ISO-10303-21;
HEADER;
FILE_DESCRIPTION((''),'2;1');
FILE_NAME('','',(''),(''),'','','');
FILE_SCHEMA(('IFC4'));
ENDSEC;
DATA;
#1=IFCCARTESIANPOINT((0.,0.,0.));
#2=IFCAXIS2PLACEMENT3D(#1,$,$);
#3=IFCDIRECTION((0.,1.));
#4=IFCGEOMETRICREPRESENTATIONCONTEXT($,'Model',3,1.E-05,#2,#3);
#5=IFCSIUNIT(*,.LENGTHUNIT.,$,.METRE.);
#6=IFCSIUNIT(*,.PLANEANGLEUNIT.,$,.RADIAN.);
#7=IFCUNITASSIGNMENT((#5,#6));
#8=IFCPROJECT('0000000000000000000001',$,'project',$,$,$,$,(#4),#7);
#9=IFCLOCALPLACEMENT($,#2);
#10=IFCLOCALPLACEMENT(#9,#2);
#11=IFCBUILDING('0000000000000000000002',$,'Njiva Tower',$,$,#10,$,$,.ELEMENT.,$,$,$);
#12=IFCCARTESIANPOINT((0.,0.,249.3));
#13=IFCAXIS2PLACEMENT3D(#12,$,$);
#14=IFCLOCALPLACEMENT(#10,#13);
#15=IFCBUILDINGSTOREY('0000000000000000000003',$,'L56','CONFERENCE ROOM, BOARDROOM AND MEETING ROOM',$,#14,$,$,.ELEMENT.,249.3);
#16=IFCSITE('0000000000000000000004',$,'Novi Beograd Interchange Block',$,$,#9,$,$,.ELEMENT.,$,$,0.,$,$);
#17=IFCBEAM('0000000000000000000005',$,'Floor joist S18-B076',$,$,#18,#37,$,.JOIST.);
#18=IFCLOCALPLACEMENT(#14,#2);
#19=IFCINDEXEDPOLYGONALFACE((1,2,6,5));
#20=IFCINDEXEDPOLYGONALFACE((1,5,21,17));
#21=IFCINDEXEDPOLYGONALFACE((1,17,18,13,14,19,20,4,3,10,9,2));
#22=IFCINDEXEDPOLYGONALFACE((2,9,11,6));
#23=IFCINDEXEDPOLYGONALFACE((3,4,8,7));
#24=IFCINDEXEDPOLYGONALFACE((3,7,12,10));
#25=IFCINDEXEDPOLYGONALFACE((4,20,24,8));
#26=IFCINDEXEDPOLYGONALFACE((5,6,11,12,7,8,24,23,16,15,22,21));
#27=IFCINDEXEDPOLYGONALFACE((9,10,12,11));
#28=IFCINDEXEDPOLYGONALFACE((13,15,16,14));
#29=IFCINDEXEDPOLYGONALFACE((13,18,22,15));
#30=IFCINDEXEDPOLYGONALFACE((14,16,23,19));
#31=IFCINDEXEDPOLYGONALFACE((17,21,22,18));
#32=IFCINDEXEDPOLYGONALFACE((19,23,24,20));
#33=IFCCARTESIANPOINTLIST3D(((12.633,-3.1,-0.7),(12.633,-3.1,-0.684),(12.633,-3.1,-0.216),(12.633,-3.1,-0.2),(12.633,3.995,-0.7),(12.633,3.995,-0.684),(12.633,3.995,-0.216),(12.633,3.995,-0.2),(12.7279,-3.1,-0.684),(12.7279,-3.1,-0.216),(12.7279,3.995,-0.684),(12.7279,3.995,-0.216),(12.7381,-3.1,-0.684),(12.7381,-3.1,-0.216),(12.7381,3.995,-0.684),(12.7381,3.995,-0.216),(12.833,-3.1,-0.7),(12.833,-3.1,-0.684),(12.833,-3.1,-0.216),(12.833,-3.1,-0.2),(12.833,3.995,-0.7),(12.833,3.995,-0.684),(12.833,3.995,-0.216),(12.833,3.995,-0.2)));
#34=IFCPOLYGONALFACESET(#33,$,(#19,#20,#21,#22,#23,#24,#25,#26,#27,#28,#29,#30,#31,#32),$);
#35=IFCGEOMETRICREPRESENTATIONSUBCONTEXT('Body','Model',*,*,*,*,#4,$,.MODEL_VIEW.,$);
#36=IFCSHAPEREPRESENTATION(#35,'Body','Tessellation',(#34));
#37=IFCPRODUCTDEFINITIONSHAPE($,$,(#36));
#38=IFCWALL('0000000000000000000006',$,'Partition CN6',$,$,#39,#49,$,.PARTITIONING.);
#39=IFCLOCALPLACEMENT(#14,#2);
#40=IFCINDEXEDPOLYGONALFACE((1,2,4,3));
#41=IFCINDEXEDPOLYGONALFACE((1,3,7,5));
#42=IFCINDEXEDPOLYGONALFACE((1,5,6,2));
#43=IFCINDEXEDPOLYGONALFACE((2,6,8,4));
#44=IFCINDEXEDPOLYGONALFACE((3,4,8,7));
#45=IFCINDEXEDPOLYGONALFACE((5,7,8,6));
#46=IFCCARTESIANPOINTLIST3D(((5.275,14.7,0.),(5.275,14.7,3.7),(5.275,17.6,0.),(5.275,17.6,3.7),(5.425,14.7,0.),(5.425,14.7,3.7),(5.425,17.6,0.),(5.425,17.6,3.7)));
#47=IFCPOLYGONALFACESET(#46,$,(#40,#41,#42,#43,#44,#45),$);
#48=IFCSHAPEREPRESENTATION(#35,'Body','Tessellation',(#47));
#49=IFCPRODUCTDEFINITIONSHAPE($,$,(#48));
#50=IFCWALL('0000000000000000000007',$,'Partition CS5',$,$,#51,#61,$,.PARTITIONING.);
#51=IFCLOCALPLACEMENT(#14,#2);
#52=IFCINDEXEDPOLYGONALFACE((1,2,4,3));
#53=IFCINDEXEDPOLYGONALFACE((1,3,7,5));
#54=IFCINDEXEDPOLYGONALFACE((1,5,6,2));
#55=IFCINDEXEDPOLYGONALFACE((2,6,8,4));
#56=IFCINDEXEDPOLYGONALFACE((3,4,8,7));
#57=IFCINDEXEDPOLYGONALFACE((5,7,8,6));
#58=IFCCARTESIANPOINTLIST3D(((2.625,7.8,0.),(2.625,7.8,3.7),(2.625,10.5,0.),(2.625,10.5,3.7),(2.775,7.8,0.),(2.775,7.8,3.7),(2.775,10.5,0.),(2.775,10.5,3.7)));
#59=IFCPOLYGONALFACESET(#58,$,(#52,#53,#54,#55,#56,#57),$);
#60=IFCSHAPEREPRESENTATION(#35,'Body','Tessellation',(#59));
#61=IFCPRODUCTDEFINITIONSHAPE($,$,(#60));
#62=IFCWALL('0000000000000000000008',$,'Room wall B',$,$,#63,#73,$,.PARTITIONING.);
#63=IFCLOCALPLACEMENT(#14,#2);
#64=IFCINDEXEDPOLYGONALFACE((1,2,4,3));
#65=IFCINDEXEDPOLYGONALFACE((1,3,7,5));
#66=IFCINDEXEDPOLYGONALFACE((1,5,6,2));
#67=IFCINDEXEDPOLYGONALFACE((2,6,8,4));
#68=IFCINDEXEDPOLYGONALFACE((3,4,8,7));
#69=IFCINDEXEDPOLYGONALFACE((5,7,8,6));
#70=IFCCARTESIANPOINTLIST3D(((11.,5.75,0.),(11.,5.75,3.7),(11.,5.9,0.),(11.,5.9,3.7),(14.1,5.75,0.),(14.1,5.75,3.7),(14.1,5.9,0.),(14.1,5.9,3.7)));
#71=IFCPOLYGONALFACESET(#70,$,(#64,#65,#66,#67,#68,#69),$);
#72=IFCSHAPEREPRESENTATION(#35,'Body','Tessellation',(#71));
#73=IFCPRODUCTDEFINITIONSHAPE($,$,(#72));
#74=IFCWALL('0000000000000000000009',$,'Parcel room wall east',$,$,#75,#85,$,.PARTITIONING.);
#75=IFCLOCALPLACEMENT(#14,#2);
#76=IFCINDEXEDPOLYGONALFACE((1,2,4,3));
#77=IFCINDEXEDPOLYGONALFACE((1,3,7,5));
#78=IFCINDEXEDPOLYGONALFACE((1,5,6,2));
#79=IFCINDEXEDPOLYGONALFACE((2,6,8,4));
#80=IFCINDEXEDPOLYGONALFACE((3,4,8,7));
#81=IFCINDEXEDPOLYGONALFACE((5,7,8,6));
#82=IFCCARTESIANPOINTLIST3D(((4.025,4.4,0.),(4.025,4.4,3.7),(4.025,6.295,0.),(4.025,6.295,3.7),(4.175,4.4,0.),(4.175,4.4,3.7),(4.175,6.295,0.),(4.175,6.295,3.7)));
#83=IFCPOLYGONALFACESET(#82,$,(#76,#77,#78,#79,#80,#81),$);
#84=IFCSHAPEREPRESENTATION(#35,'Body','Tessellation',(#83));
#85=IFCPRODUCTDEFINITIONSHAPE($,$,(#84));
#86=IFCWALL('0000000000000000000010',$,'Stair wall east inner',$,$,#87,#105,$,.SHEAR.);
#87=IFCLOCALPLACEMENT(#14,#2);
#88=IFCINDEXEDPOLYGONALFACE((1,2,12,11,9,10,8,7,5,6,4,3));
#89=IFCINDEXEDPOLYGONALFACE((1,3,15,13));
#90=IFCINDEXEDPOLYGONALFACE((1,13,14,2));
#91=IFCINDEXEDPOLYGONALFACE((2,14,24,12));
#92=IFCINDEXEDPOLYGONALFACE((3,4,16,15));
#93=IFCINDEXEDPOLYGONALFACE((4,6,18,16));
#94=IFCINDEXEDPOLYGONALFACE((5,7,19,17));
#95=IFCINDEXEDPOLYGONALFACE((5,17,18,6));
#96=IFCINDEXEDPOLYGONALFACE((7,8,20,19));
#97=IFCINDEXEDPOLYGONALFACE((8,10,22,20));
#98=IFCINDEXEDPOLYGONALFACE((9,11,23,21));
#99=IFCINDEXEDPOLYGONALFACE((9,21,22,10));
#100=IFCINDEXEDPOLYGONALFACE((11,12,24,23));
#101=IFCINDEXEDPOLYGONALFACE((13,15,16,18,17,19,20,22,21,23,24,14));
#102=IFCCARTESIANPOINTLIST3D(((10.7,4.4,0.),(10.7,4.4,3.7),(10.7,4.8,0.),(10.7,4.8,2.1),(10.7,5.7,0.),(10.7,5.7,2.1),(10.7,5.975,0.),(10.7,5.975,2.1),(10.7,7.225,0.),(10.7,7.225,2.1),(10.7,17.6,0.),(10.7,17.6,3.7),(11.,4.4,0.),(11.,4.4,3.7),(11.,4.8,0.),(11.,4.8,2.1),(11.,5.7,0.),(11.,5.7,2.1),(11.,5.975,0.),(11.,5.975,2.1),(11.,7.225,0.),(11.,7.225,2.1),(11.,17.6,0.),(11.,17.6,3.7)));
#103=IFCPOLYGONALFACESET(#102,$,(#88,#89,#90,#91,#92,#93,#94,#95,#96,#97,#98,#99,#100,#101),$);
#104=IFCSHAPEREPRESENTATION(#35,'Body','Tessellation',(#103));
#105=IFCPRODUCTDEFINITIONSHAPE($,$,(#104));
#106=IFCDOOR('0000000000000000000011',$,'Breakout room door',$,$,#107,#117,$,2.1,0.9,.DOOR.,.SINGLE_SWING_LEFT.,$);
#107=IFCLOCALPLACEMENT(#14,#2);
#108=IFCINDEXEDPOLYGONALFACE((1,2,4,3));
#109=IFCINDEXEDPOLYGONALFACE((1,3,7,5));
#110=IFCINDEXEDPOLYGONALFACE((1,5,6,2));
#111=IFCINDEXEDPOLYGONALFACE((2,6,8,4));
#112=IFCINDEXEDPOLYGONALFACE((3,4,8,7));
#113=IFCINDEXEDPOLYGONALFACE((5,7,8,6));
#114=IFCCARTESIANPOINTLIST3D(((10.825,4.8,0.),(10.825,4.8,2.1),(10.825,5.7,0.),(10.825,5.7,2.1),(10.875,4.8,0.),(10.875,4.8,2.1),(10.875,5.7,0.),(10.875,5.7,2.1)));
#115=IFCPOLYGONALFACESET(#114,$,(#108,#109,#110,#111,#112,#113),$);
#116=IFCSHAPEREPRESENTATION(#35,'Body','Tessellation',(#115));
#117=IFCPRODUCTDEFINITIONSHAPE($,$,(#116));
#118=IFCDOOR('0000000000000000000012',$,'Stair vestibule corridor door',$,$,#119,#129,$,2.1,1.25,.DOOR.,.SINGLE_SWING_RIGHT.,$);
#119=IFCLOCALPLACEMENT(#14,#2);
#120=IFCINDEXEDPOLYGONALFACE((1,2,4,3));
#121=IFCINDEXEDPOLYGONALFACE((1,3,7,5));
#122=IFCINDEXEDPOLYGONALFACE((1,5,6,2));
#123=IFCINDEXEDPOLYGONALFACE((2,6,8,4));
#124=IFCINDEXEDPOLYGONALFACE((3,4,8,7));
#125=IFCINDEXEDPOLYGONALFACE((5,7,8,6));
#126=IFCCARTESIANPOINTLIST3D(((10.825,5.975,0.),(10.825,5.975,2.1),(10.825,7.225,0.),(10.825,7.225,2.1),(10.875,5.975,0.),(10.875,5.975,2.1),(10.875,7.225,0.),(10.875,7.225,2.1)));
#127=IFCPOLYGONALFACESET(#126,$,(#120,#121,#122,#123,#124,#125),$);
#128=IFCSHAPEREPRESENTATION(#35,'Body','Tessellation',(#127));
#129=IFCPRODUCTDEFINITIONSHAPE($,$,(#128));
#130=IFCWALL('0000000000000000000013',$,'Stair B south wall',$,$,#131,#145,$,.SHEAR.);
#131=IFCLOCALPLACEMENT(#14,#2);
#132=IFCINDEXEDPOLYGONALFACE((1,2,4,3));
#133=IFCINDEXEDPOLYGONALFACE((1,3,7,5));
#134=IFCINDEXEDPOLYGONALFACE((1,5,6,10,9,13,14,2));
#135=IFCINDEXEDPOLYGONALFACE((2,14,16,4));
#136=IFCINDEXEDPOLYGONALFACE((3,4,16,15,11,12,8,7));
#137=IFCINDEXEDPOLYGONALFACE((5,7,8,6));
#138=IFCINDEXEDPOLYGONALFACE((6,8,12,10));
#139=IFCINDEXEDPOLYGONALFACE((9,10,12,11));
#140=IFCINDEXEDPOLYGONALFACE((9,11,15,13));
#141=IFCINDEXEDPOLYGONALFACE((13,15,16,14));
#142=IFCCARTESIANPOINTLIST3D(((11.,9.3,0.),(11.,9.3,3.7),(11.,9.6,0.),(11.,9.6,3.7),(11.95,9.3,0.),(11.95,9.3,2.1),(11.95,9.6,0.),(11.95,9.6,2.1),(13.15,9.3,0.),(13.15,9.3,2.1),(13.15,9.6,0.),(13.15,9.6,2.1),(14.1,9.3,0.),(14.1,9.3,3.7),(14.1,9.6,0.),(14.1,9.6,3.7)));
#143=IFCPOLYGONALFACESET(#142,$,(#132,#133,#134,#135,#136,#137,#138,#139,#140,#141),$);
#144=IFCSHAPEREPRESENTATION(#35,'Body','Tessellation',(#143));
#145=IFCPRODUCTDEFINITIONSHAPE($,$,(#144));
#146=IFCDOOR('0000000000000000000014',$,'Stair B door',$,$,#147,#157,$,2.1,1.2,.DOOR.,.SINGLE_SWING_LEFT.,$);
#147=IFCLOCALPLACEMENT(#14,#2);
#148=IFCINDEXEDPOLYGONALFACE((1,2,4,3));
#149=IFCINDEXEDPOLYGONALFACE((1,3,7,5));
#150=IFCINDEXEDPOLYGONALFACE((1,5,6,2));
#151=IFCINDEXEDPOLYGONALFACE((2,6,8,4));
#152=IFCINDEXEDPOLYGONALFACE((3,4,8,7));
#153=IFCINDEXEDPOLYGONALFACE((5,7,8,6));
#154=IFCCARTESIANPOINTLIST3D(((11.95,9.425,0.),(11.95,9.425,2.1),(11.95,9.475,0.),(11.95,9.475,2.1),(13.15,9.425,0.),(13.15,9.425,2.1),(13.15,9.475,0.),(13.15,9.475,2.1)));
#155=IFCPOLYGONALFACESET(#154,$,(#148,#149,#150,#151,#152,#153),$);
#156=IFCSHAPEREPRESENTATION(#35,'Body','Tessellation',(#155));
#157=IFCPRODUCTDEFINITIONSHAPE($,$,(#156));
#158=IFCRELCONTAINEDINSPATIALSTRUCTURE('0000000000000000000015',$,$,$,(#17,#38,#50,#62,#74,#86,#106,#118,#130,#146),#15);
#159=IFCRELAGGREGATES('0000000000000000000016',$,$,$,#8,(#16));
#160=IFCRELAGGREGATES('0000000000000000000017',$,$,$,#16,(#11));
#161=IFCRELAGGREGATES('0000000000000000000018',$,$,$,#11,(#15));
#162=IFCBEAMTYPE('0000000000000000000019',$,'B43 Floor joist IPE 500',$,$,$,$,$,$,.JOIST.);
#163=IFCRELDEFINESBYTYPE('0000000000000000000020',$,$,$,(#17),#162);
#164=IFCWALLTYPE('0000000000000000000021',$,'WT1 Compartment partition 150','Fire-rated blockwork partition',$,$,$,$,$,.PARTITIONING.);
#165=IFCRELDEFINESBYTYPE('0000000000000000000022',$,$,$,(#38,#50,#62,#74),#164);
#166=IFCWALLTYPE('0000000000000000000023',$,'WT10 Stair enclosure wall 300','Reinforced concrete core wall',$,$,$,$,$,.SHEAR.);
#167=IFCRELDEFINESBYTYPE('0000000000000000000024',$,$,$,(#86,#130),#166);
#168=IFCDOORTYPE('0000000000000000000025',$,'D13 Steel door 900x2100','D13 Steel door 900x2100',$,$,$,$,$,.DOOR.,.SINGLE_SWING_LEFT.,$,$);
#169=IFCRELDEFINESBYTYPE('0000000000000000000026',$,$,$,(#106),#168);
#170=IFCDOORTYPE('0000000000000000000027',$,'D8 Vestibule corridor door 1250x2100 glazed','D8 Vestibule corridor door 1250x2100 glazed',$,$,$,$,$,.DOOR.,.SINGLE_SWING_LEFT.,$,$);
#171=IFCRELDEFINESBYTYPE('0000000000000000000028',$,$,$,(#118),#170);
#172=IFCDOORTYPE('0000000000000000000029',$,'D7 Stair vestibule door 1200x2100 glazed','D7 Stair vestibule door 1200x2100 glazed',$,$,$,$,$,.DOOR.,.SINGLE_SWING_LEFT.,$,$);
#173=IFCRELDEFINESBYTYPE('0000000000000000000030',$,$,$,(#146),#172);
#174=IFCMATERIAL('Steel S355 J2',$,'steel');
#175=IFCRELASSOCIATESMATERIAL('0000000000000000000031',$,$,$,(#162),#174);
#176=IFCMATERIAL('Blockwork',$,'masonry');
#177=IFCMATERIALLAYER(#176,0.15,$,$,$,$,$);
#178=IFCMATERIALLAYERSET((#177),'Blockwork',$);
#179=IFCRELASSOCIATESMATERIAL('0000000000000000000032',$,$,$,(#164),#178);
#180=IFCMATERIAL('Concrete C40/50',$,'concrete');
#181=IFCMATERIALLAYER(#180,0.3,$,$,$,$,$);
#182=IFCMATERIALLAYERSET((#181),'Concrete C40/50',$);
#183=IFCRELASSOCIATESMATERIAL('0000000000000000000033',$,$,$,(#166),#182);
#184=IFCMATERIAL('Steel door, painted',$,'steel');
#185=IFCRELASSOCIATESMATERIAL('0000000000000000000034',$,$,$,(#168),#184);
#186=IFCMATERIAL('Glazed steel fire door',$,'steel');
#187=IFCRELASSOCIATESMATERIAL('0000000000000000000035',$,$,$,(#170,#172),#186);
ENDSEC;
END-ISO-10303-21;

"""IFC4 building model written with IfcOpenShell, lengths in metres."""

from ifc_helpers import new_model, si_unit, direction, frame, frame_2d, origin, origin_2d, place, context, subcontext, project, spatial, rectangle, i_section, extrude, material, layer, layer_set, material_profile, profile_set, type_object, element, fill, save


model = new_model("IFC4")

# Units and contexts
model_context = context("Model", 3, precision=1e-05, world=origin(), true_north=direction((0.0, 1.0)))
body_context = subcontext(model_context, "Body", "Model", "MODEL_VIEW")
ifc_project = project(units=[si_unit("LENGTHUNIT", "METRE"), si_unit("PLANEANGLEUNIT", "RADIAN")], contexts=[model_context])

# Site, building, storey
site_placement = place(None, origin())
site = spatial("IfcSite", under=ifc_project, at=site_placement, Name="Novi Beograd Interchange Block", CompositionType="ELEMENT", RefElevation=0.0)
building_placement = place(site_placement, origin())
building = spatial("IfcBuilding", under=site, at=building_placement, Name="Njiva Tower", CompositionType="ELEMENT")
storey_placement = place(building_placement, frame((0.0, 0.0, 249.3)))
storey = spatial("IfcBuildingStorey", under=building, at=storey_placement, Name="L56", Description="CONFERENCE ROOM, BOARDROOM AND MEETING ROOM", CompositionType="ELEMENT", Elevation=249.3)

# Shared definitions
ifc_material_1 = material(Name="Steel S355 J2", Category="steel")

# Beam
ifc_material_profile_1 = material_profile(ifc_material_1, i_section(OverallWidth=0.2, OverallDepth=0.5, WebThickness=0.0102, FlangeThickness=0.016, at=origin_2d()), Name="IPE 500")
ifc_profile_set_1 = profile_set([ifc_material_profile_1], Name="Steel S355 J2")
beam_type_1 = type_object("IfcBeamType", Name="B43 Floor joist IPE 500", PredefinedType="JOIST", material=ifc_profile_set_1)
for number, where, z_axis, x_axis, name in (
    (1, (12.733, 3.995, -0.45), (0.0, -1.0, 0.0), (1.0, 0.0, 0.0), "Floor joist S18-B076"),
):
    element("IfcBeam", number, at=place(storey_placement, frame(where, z_axis=z_axis, x_axis=x_axis)), inside=storey, type_object=beam_type_1, Name=name, PredefinedType="JOIST", context=body_context, shape_type="SweptSolid", body=[
        extrude(i_section(OverallWidth=0.2, OverallDepth=0.5, WebThickness=0.0102, FlangeThickness=0.016, at=origin_2d()), origin(), (0.0, 0.0, 1.0), 7.095),
    ])

# Walls
ifc_material_2 = material(Name="Blockwork", Category="masonry")
ifc_layer_1 = layer(ifc_material_2, 0.15)
ifc_layer_set_1 = layer_set([ifc_layer_1], Name="Blockwork")
wall_type_1 = type_object("IfcWallType", Name="WT1 Compartment partition 150", Description="Fire-rated blockwork partition", PredefinedType="PARTITIONING", material=ifc_layer_set_1)
wall_1_placement = place(storey_placement, frame((5.35, 14.7, 0.0), z_axis=(0.0, 0.0, 1.0), x_axis=(0.0, 1.0, 0.0)))
element("IfcWall", 2, at=wall_1_placement, inside=storey, type_object=wall_type_1, Name="Partition CN6", PredefinedType="PARTITIONING", context=body_context, shape_type="SweptSolid", body=[
    extrude(rectangle(XDim=2.9, YDim=0.15, at=frame_2d((1.45, 0.0))), origin(), (0.0, 0.0, 1.0), 3.7),
])
wall_2_placement = place(storey_placement, frame((2.7, 7.8, 0.0), z_axis=(0.0, 0.0, 1.0), x_axis=(0.0, 1.0, 0.0)))
element("IfcWall", 3, at=wall_2_placement, inside=storey, type_object=wall_type_1, Name="Partition CS5", PredefinedType="PARTITIONING", context=body_context, shape_type="SweptSolid", body=[
    extrude(rectangle(XDim=2.7, YDim=0.15, at=frame_2d((1.35, 0.0))), origin(), (0.0, 0.0, 1.0), 3.7),
])
wall_3_placement = place(storey_placement, frame((11.0, 5.825, 0.0), z_axis=(0.0, 0.0, 1.0), x_axis=(1.0, 0.0, 0.0)))
element("IfcWall", 4, at=wall_3_placement, inside=storey, type_object=wall_type_1, Name="Room wall B", PredefinedType="PARTITIONING", context=body_context, shape_type="SweptSolid", body=[
    extrude(rectangle(XDim=3.1, YDim=0.15, at=frame_2d((1.55, 0.0))), origin(), (0.0, 0.0, 1.0), 3.7),
])
wall_4_placement = place(storey_placement, frame((4.1, 4.4, 0.0), z_axis=(0.0, 0.0, 1.0), x_axis=(0.0, 1.0, 0.0)))
element("IfcWall", 5, at=wall_4_placement, inside=storey, type_object=wall_type_1, Name="Parcel room wall east", PredefinedType="PARTITIONING", context=body_context, shape_type="SweptSolid", body=[
    extrude(rectangle(XDim=1.895, YDim=0.15, at=frame_2d((0.9475, 0.0))), origin(), (0.0, 0.0, 1.0), 3.7),
])

# Wall, openings, doors
ifc_material_3 = material(Name="Concrete C40/50", Category="concrete")
ifc_layer_2 = layer(ifc_material_3, 0.3)
ifc_layer_set_2 = layer_set([ifc_layer_2], Name="Concrete C40/50")
wall_type_2 = type_object("IfcWallType", Name="WT10 Stair enclosure wall 300", Description="Reinforced concrete core wall", PredefinedType="SHEAR", material=ifc_layer_set_2)
wall_5_placement = place(storey_placement, frame((10.85, 4.4, 0.0), z_axis=(0.0, 0.0, 1.0), x_axis=(0.0, 1.0, 0.0)))
wall_5 = element("IfcWall", 6, at=wall_5_placement, inside=storey, type_object=wall_type_2, Name="Stair wall east inner", PredefinedType="SHEAR", context=body_context, shape_type="SweptSolid", body=[
    extrude(rectangle(XDim=13.2, YDim=0.3, at=frame_2d((6.6, 0.0))), origin(), (0.0, 0.0, 1.0), 3.7),
])
opening_1_placement = place(wall_5_placement, frame((1.575, 0.0, 0.0)))
opening_1 = element("IfcOpeningElement", 7, at=opening_1_placement, cuts=wall_5, PredefinedType="OPENING", context=body_context, shape_type="SweptSolid", body=[
    extrude(rectangle(XDim=1.25, YDim=2.1, at=frame_2d((0.625, 1.05))), frame((0.0, 0.16, 0.0), z_axis=(0.0, -1.0, 0.0), x_axis=(1.0, 0.0, 0.0)), (0.0, 0.0, 1.0), 0.32),
])
opening_2_placement = place(wall_5_placement, frame((0.4, 0.0, 0.0)))
opening_2 = element("IfcOpeningElement", 8, at=opening_2_placement, cuts=wall_5, PredefinedType="OPENING", context=body_context, shape_type="SweptSolid", body=[
    extrude(rectangle(XDim=0.9, YDim=2.1, at=frame_2d((0.45, 1.05))), frame((0.0, 0.16, 0.0), z_axis=(0.0, -1.0, 0.0), x_axis=(1.0, 0.0, 0.0)), (0.0, 0.0, 1.0), 0.32),
])
ifc_material_4 = material(Name="Steel door, painted", Category="steel")
door_type_1 = type_object("IfcDoorType", Name="D13 Steel door 900x2100", Description="D13 Steel door 900x2100", OperationType="SINGLE_SWING_LEFT", PredefinedType="DOOR", material=ifc_material_4)
door_1_placement = place(opening_2_placement, origin())
door_1 = element("IfcDoor", 9, at=door_1_placement, inside=storey, type_object=door_type_1, Name="Breakout room door", OperationType="SINGLE_SWING_LEFT", OverallHeight=2.1, OverallWidth=0.9, PredefinedType="DOOR", context=body_context, shape_type="SweptSolid", body=[
    extrude(rectangle(XDim=0.9, YDim=2.1, at=frame_2d((0.45, 1.05))), frame((0.0, 0.025, 0.0), z_axis=(0.0, -1.0, 0.0), x_axis=(1.0, 0.0, 0.0)), (0.0, 0.0, 1.0), 0.05),
])
fill(opening_2, door_1)
ifc_material_5 = material(Name="Glazed steel fire door", Category="steel")
door_type_2 = type_object("IfcDoorType", Name="D8 Vestibule corridor door 1250x2100 glazed", Description="D8 Vestibule corridor door 1250x2100 glazed", OperationType="SINGLE_SWING_LEFT", PredefinedType="DOOR", material=ifc_material_5)
door_2_placement = place(opening_1_placement, origin())
door_2 = element("IfcDoor", 10, at=door_2_placement, inside=storey, type_object=door_type_2, Name="Stair vestibule corridor door", OperationType="SINGLE_SWING_RIGHT", OverallHeight=2.1, OverallWidth=1.25, PredefinedType="DOOR", context=body_context, shape_type="SweptSolid", body=[
    extrude(rectangle(XDim=1.25, YDim=2.1, at=frame_2d((0.625, 1.05))), frame((0.0, 0.025, 0.0), z_axis=(0.0, -1.0, 0.0), x_axis=(1.0, 0.0, 0.0)), (0.0, 0.0, 1.0), 0.05),
])
fill(opening_1, door_2)

# Wall, opening, door
wall_6_placement = place(storey_placement, frame((11.0, 9.45, 0.0), z_axis=(0.0, 0.0, 1.0), x_axis=(1.0, 0.0, 0.0)))
wall_6 = element("IfcWall", 11, at=wall_6_placement, inside=storey, type_object=wall_type_2, Name="Stair B south wall", PredefinedType="SHEAR", context=body_context, shape_type="SweptSolid", body=[
    extrude(rectangle(XDim=3.1, YDim=0.3, at=frame_2d((1.55, 0.0))), origin(), (0.0, 0.0, 1.0), 3.7),
])
opening_3_placement = place(wall_6_placement, frame((0.95, 0.0, 0.0)))
opening_3 = element("IfcOpeningElement", 12, at=opening_3_placement, cuts=wall_6, PredefinedType="OPENING", context=body_context, shape_type="SweptSolid", body=[
    extrude(rectangle(XDim=1.2, YDim=2.1, at=frame_2d((0.6, 1.05))), frame((0.0, 0.16, 0.0), z_axis=(0.0, -1.0, 0.0), x_axis=(1.0, 0.0, 0.0)), (0.0, 0.0, 1.0), 0.32),
])
door_type_3 = type_object("IfcDoorType", Name="D7 Stair vestibule door 1200x2100 glazed", Description="D7 Stair vestibule door 1200x2100 glazed", OperationType="SINGLE_SWING_LEFT", PredefinedType="DOOR", material=ifc_material_5)
door_3_placement = place(opening_3_placement, origin())
door_3 = element("IfcDoor", 13, at=door_3_placement, inside=storey, type_object=door_type_3, Name="Stair B door", OperationType="SINGLE_SWING_LEFT", OverallHeight=2.1, OverallWidth=1.2, PredefinedType="DOOR", context=body_context, shape_type="SweptSolid", body=[
    extrude(rectangle(XDim=1.2, YDim=2.1, at=frame_2d((0.6, 1.05))), frame((0.0, 0.025, 0.0), z_axis=(0.0, -1.0, 0.0), x_axis=(1.0, 0.0, 0.0)), (0.0, 0.0, 1.0), 0.05),
])
fill(opening_3, door_3)

save(model, "model.ifc")
